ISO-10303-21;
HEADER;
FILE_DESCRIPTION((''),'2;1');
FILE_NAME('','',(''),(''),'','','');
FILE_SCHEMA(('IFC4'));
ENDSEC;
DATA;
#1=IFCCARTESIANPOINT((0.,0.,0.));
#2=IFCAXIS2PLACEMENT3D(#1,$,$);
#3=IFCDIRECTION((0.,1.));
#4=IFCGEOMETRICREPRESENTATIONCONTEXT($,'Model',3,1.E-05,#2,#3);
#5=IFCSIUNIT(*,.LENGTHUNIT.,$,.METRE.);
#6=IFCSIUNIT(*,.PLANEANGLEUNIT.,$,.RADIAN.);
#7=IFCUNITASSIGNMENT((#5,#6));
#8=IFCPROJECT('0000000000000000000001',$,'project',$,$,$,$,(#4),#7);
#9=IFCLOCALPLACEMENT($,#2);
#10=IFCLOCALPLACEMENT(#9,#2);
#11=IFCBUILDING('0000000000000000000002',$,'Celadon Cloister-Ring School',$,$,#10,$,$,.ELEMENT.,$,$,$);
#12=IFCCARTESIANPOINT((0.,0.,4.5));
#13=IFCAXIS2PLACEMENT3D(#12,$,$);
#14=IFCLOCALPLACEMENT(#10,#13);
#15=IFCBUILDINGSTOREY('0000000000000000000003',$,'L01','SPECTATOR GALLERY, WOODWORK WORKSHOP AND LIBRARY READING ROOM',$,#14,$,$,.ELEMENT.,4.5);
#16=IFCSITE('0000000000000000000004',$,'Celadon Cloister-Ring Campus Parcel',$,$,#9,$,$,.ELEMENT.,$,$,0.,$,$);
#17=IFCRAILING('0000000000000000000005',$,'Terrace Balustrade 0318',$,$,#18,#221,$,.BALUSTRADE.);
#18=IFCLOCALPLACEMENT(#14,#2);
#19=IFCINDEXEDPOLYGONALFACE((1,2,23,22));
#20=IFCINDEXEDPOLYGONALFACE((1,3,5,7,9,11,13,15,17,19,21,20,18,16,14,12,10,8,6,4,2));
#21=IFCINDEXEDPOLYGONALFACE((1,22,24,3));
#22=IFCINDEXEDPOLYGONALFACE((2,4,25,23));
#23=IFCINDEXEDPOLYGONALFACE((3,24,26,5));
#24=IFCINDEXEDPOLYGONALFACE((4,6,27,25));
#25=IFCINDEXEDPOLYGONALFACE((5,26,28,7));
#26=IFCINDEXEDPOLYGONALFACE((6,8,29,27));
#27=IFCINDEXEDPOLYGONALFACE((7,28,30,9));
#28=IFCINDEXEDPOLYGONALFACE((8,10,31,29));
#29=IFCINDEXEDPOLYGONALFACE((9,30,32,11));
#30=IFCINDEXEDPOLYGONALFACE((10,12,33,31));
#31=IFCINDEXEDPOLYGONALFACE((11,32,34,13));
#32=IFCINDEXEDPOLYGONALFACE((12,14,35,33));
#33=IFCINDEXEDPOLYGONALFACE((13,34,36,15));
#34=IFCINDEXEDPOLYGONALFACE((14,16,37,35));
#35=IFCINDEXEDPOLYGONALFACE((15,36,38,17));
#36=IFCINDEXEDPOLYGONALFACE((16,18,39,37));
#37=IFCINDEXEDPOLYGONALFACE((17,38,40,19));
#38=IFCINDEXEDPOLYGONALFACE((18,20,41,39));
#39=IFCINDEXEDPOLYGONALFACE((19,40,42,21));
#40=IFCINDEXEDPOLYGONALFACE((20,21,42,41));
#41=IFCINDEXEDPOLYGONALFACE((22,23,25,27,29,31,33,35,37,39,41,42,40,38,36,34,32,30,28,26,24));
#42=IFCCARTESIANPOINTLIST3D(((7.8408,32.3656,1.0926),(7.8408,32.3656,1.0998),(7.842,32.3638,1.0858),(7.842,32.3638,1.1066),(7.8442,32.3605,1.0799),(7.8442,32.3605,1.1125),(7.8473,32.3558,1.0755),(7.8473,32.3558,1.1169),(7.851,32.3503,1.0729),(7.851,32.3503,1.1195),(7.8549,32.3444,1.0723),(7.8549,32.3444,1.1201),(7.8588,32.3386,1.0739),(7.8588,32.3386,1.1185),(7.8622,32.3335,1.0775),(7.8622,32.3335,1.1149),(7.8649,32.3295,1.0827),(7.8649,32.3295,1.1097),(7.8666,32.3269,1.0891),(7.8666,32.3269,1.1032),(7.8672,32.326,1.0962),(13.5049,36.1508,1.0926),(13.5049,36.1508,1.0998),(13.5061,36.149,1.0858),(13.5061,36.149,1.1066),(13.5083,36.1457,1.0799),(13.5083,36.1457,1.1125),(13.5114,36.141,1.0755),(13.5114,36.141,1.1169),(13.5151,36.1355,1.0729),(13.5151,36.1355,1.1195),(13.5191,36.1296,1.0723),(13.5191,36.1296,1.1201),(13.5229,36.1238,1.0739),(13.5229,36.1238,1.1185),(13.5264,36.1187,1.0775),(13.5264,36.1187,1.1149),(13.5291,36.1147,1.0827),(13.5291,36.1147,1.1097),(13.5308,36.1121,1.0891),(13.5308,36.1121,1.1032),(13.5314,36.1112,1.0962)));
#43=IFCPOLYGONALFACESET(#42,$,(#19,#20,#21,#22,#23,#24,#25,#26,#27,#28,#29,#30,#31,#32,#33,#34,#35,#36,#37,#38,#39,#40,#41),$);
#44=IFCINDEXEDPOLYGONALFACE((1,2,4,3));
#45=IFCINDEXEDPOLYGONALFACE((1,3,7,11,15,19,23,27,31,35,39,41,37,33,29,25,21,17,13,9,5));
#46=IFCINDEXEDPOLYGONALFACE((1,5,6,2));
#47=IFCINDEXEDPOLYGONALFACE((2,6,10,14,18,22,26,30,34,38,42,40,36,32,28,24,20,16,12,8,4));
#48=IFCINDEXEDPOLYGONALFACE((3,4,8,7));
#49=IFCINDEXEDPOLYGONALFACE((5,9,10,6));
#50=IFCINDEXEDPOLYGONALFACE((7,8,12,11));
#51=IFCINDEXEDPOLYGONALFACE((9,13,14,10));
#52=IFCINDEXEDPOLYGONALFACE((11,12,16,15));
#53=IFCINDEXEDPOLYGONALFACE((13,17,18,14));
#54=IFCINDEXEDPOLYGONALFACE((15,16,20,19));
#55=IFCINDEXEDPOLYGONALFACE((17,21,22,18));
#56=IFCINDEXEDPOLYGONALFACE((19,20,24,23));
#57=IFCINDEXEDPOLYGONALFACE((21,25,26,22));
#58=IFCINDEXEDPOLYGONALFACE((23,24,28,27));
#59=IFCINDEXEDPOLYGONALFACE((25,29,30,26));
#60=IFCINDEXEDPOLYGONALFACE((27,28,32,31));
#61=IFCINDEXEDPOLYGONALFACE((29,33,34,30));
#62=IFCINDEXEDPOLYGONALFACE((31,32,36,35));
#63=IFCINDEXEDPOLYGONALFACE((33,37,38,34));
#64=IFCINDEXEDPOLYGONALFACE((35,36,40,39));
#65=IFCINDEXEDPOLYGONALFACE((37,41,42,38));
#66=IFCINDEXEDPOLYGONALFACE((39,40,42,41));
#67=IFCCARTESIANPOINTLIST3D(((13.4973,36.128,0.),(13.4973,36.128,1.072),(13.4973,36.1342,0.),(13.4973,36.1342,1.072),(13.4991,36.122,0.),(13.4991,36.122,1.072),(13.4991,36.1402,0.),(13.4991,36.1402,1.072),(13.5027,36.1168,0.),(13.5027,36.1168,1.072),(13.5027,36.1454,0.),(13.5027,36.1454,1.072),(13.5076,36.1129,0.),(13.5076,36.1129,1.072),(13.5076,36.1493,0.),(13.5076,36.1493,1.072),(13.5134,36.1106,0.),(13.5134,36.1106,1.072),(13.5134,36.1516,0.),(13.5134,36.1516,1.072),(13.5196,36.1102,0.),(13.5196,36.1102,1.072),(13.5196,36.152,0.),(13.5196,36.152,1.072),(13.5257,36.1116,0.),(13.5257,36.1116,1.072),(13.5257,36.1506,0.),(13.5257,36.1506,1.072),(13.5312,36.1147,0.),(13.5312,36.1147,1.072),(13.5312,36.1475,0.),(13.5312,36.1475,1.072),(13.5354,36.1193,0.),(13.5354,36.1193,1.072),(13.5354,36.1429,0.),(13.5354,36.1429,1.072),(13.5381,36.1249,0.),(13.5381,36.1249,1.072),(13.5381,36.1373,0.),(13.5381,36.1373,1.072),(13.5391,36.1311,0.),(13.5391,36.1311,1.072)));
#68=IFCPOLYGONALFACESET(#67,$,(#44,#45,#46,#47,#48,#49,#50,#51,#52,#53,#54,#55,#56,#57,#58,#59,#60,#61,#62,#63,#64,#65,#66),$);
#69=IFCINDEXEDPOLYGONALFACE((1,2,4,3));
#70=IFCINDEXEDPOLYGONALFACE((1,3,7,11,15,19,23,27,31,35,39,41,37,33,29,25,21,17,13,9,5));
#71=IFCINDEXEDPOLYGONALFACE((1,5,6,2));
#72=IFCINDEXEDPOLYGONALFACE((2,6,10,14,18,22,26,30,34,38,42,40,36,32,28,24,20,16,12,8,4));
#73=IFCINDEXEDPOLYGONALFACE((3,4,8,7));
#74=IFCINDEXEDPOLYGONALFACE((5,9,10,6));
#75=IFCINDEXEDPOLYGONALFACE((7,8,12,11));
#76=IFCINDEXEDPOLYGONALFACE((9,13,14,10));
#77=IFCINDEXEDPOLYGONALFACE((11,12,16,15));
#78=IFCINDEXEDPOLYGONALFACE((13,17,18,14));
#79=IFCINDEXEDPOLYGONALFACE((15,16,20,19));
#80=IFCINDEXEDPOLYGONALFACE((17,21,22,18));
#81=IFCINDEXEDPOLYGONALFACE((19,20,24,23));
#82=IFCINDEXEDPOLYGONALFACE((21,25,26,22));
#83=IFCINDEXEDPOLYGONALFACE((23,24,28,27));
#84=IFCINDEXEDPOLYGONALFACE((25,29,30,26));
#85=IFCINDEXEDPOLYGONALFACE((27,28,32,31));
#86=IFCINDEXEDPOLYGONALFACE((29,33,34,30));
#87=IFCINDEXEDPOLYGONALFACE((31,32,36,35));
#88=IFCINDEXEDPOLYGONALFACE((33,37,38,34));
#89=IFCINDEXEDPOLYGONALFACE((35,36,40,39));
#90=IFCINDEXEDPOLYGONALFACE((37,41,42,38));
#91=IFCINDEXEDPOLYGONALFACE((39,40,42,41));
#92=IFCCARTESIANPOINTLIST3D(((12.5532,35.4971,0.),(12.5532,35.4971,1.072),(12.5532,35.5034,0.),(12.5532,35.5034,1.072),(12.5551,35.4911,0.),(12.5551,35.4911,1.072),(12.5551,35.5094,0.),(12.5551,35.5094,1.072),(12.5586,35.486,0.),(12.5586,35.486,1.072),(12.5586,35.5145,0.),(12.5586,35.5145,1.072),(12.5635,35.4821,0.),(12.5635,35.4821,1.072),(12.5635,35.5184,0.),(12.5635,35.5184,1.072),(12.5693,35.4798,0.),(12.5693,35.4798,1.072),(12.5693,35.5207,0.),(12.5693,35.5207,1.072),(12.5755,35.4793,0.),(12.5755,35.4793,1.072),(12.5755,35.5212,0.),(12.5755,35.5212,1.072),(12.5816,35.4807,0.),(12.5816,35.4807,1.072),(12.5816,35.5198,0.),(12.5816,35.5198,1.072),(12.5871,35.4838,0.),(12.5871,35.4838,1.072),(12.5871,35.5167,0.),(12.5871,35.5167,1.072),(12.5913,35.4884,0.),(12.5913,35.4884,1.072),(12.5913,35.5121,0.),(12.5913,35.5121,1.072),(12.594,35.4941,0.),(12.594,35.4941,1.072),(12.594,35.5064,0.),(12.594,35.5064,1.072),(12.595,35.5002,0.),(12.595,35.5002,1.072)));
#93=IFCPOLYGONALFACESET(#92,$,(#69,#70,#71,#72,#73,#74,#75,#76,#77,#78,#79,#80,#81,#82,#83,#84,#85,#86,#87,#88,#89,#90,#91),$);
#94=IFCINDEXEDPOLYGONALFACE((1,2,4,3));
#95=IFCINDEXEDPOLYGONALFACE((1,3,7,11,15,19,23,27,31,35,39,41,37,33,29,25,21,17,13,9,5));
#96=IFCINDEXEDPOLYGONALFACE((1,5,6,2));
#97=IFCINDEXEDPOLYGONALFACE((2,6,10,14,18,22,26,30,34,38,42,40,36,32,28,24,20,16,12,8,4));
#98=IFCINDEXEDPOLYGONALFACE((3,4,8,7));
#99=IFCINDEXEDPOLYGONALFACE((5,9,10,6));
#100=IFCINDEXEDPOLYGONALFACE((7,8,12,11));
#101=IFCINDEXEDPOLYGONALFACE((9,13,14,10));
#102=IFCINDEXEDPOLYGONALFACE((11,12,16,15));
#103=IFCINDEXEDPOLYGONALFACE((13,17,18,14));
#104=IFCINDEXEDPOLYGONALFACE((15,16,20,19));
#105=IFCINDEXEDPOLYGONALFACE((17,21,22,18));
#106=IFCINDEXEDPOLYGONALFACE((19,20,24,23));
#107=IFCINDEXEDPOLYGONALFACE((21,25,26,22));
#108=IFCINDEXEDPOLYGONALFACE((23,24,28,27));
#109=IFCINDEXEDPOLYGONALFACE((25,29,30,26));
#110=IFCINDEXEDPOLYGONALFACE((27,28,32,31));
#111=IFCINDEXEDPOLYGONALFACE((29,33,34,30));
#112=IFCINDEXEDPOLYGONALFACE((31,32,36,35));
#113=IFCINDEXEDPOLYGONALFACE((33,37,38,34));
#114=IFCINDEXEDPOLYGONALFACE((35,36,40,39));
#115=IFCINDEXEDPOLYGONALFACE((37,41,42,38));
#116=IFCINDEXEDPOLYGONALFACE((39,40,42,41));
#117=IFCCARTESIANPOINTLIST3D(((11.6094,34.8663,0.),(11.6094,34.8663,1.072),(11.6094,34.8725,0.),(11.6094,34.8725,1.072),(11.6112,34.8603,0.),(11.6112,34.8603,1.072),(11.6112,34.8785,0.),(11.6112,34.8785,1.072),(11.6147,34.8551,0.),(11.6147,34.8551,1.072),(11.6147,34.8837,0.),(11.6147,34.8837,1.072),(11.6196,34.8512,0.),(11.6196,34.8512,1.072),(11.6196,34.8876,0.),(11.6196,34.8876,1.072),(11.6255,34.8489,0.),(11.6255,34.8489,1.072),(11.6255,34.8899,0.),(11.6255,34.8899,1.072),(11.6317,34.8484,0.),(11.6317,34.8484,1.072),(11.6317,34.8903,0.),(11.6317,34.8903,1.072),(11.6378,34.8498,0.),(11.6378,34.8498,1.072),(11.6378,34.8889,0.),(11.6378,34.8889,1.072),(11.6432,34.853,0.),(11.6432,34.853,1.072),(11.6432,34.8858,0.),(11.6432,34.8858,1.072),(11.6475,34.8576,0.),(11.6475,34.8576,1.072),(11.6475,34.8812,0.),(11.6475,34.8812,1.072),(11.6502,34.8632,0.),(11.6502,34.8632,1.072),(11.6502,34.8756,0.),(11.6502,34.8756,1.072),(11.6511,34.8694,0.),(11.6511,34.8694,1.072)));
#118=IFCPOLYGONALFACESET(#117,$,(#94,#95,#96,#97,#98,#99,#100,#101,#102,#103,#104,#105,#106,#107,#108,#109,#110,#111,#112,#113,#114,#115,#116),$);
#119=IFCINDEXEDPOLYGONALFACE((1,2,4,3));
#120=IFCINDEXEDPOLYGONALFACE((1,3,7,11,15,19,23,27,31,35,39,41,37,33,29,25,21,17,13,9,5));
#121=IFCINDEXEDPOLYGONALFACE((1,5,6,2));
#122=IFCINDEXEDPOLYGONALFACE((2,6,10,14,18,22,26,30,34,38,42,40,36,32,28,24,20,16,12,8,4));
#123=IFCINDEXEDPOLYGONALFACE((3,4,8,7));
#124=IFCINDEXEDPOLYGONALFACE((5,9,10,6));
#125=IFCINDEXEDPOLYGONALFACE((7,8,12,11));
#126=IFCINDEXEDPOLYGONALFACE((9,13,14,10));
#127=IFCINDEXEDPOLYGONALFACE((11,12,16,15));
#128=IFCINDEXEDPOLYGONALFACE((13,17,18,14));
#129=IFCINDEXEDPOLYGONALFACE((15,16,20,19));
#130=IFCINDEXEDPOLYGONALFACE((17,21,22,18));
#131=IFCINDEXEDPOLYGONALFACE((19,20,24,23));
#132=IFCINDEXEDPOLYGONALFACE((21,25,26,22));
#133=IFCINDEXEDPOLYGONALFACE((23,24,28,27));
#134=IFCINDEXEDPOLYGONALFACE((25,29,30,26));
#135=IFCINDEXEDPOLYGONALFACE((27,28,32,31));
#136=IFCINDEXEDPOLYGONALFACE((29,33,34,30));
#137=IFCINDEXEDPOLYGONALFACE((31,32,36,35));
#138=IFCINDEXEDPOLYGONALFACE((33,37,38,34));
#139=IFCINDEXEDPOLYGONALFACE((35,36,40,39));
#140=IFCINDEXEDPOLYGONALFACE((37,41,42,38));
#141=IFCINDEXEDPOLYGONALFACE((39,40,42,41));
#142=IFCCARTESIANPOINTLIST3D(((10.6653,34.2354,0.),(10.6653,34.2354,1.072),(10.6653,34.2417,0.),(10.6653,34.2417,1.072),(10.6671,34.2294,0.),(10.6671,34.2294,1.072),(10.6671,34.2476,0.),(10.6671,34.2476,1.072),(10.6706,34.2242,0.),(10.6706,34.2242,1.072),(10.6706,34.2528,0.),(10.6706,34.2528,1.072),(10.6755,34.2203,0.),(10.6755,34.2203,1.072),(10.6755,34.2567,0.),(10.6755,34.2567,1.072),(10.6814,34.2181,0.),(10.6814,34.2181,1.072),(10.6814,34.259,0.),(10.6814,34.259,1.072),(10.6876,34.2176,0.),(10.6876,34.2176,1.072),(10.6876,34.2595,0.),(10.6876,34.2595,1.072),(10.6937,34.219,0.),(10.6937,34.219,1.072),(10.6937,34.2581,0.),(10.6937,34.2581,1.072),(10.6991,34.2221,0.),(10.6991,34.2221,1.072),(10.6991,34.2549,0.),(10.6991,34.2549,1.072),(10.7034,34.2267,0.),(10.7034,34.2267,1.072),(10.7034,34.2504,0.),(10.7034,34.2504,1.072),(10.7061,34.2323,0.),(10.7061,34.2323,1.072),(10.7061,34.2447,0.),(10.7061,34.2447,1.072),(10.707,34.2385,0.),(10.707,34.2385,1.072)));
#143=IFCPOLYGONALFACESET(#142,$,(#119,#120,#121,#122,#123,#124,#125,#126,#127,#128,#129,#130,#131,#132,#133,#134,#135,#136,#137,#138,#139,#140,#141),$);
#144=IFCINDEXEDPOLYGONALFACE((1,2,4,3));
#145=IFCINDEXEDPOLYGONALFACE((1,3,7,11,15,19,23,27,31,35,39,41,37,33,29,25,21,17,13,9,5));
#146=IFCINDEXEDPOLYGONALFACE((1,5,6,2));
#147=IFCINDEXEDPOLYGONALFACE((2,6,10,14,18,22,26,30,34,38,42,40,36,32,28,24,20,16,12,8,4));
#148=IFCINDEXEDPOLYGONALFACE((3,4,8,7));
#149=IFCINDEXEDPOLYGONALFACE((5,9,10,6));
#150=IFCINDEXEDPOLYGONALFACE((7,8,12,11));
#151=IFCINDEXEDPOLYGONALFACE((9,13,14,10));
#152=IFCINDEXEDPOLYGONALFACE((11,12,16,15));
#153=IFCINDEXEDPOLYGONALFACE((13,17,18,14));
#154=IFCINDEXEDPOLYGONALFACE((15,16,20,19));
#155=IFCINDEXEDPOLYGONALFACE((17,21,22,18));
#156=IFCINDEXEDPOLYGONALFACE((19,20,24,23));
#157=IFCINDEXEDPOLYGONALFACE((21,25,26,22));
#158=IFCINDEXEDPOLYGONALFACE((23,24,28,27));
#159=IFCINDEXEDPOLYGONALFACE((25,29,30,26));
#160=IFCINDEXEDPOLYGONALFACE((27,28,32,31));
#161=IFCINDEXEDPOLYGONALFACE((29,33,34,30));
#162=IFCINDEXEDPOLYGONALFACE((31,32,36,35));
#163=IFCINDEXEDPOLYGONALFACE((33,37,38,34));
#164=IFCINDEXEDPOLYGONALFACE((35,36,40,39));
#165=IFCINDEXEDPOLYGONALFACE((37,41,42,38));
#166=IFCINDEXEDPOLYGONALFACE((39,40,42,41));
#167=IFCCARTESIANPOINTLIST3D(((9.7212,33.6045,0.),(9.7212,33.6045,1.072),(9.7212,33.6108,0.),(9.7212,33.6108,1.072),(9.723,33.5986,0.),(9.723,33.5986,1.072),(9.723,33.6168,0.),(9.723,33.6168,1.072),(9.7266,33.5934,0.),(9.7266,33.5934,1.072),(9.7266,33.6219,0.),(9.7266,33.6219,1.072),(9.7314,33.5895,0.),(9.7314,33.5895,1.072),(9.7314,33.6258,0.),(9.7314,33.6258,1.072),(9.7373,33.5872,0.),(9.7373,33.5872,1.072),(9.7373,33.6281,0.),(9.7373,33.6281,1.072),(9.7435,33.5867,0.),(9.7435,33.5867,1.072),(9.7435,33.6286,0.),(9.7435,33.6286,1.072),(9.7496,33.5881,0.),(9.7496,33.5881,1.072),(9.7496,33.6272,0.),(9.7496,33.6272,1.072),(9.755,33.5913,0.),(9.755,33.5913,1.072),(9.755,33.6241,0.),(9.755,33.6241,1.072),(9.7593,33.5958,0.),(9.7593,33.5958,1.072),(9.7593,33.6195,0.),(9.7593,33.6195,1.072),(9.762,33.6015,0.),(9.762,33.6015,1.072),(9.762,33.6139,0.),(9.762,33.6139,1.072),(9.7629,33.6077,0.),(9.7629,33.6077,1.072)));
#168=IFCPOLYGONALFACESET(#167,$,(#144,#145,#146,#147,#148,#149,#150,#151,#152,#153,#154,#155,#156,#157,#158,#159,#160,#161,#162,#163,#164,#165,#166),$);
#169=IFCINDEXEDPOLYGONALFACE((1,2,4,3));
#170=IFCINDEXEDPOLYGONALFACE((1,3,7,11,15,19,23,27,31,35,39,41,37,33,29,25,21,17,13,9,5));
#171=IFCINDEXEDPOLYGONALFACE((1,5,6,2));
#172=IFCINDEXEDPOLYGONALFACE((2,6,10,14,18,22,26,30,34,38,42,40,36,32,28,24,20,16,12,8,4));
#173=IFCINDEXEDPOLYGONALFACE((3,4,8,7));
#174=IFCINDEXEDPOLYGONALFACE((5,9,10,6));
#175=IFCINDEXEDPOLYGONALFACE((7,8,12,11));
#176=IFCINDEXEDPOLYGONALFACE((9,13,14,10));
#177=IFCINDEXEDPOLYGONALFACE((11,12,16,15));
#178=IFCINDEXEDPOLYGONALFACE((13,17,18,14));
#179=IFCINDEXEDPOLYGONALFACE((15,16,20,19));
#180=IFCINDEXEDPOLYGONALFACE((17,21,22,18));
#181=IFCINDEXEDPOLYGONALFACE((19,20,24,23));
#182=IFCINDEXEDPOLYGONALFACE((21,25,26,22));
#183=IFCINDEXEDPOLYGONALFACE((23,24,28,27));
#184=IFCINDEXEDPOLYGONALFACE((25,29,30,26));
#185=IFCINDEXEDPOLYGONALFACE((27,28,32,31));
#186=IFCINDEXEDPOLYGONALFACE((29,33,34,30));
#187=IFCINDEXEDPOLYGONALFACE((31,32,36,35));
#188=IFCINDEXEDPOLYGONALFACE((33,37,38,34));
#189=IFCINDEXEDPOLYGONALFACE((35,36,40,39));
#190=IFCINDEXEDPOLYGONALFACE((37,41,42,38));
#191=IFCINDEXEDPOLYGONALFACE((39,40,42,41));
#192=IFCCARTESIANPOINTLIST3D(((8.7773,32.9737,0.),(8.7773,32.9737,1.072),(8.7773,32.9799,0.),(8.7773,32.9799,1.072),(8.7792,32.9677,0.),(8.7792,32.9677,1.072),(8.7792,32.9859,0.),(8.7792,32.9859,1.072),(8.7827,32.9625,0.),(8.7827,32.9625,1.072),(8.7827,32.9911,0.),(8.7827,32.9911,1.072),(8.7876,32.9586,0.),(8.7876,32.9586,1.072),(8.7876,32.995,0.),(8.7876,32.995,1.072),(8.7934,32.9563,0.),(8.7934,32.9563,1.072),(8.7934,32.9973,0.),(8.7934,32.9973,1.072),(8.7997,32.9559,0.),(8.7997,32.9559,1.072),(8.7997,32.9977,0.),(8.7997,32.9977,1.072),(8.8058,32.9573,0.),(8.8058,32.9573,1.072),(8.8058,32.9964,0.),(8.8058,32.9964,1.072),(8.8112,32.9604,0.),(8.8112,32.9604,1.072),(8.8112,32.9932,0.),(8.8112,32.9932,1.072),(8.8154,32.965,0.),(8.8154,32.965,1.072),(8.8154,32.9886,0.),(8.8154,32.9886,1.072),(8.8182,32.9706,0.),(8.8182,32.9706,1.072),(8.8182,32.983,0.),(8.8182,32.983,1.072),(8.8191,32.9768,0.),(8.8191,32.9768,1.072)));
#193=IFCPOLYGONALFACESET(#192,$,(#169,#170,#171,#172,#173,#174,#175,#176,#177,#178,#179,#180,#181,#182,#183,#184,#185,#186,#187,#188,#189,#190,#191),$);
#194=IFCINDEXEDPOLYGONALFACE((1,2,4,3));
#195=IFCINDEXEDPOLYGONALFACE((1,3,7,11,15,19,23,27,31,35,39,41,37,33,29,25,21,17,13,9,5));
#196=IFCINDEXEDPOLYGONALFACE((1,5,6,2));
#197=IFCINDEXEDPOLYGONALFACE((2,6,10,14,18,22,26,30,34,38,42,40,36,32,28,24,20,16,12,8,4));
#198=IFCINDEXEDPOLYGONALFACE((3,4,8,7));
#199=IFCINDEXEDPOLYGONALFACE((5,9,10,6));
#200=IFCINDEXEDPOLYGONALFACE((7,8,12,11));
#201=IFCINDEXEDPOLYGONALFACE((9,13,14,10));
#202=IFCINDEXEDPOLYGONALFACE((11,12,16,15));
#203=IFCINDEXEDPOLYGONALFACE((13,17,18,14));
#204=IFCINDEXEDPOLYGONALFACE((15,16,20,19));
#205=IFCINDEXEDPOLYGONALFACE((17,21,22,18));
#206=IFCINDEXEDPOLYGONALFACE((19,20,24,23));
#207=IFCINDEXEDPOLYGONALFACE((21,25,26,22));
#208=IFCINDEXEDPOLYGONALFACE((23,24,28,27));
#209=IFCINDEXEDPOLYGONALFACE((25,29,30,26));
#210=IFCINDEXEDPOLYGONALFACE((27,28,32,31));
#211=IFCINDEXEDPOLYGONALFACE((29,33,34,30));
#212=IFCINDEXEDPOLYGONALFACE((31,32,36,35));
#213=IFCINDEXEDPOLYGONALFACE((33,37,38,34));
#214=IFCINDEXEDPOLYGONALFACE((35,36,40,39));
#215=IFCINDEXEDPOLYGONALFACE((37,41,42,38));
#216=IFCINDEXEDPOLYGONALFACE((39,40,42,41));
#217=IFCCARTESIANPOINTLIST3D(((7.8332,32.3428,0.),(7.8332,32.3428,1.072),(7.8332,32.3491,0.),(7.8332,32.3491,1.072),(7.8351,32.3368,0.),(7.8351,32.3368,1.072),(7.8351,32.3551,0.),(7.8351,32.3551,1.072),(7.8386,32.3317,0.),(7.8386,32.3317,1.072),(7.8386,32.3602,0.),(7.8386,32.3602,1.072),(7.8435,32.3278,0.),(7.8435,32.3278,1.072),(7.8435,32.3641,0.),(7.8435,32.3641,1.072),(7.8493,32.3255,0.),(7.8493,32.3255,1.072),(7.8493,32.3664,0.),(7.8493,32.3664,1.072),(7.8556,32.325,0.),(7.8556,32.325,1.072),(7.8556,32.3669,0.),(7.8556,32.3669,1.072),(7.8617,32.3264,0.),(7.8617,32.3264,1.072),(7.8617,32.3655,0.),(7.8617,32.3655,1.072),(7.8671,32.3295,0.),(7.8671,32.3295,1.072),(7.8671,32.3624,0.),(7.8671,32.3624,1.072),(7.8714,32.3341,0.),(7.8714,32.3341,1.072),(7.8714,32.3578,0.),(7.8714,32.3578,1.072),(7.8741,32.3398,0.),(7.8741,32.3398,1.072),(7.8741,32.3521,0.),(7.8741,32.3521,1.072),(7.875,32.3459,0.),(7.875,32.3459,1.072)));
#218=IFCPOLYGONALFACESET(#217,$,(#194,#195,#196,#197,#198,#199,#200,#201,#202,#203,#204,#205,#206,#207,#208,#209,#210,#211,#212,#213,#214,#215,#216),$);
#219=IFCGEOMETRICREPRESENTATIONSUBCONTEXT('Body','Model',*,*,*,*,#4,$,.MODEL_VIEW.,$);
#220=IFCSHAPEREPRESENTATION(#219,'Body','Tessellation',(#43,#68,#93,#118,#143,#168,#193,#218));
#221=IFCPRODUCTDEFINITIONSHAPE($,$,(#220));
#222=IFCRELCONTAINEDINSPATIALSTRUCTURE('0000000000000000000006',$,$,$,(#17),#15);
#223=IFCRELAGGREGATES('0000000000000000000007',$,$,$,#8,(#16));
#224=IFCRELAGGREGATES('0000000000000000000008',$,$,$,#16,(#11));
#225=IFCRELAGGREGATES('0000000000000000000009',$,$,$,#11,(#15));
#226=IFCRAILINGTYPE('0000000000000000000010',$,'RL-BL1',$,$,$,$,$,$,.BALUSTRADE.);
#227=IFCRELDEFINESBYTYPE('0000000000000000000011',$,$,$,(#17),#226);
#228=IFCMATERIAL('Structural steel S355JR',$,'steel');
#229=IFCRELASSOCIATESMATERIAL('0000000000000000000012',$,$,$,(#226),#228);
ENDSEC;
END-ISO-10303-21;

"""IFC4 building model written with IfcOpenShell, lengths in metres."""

from ifc_helpers import new_model, si_unit, direction, frame, origin, origin_2d, place, context, subcontext, project, spatial, circle, extrude, material, type_object, element, save


model = new_model("IFC4")

# Units and contexts
model_context = context("Model", 3, precision=1e-05, world=origin(), true_north=direction((0.0, 1.0)))
body_context = subcontext(model_context, "Body", "Model", "MODEL_VIEW")
ifc_project = project(units=[si_unit("LENGTHUNIT", "METRE"), si_unit("PLANEANGLEUNIT", "RADIAN")], contexts=[model_context])

# Site, building, storey
site_placement = place(None, origin())
site = spatial("IfcSite", under=ifc_project, at=site_placement, Name="Celadon Cloister-Ring Campus Parcel", CompositionType="ELEMENT", RefElevation=0.0)
building_placement = place(site_placement, origin())
building = spatial("IfcBuilding", under=site, at=building_placement, Name="Celadon Cloister-Ring School", CompositionType="ELEMENT")
storey_placement = place(building_placement, frame((0.0, 0.0, 4.5)))
storey = spatial("IfcBuildingStorey", under=building, at=storey_placement, Name="L01", Description="SPECTATOR GALLERY, WOODWORK WORKSHOP AND LIBRARY READING ROOM", CompositionType="ELEMENT", Elevation=4.5)

# Railing
ifc_material_1 = material(Name="Structural steel S355JR", Category="steel")
railing_type = type_object("IfcRailingType", Name="RL-BL1", PredefinedType="BALUSTRADE", material=ifc_material_1)
railing_placement = place(storey_placement, frame((13.5181, 36.1311, 0.0)))
element("IfcRailing", 1, at=railing_placement, inside=storey, type_object=railing_type, Name="Terrace Balustrade 0318", PredefinedType="BALUSTRADE", context=body_context, shape_type="SweptSolid", body=[
    extrude(circle(Radius=0.0239, at=origin_2d()), frame((0.0, 0.0, 1.0962), z_axis=(-0.831432, -0.555626, 0.0), x_axis=(0.555626, -0.831432, 0.0)), (0.0, 0.0, 1.0), 6.8125),
    extrude(circle(Radius=0.021, at=origin_2d()), origin(), (0.0, 0.0, 1.0), 1.072),
    extrude(circle(Radius=0.021, at=origin_2d()), frame((-0.9441, -0.6309, 0.0)), (0.0, 0.0, 1.0), 1.072),
    extrude(circle(Radius=0.021, at=origin_2d()), frame((-1.8879, -1.2617, 0.0)), (0.0, 0.0, 1.0), 1.072),
    extrude(circle(Radius=0.021, at=origin_2d()), frame((-2.832, -1.8926, 0.0)), (0.0, 0.0, 1.0), 1.072),
    extrude(circle(Radius=0.021, at=origin_2d()), frame((-3.7761, -2.5234, 0.0)), (0.0, 0.0, 1.0), 1.072),
    extrude(circle(Radius=0.021, at=origin_2d()), frame((-4.72, -3.1543, 0.0)), (0.0, 0.0, 1.0), 1.072),
    extrude(circle(Radius=0.021, at=origin_2d()), frame((-5.6641, -3.7852, 0.0)), (0.0, 0.0, 1.0), 1.072),
])

save(model, "model.ifc")
